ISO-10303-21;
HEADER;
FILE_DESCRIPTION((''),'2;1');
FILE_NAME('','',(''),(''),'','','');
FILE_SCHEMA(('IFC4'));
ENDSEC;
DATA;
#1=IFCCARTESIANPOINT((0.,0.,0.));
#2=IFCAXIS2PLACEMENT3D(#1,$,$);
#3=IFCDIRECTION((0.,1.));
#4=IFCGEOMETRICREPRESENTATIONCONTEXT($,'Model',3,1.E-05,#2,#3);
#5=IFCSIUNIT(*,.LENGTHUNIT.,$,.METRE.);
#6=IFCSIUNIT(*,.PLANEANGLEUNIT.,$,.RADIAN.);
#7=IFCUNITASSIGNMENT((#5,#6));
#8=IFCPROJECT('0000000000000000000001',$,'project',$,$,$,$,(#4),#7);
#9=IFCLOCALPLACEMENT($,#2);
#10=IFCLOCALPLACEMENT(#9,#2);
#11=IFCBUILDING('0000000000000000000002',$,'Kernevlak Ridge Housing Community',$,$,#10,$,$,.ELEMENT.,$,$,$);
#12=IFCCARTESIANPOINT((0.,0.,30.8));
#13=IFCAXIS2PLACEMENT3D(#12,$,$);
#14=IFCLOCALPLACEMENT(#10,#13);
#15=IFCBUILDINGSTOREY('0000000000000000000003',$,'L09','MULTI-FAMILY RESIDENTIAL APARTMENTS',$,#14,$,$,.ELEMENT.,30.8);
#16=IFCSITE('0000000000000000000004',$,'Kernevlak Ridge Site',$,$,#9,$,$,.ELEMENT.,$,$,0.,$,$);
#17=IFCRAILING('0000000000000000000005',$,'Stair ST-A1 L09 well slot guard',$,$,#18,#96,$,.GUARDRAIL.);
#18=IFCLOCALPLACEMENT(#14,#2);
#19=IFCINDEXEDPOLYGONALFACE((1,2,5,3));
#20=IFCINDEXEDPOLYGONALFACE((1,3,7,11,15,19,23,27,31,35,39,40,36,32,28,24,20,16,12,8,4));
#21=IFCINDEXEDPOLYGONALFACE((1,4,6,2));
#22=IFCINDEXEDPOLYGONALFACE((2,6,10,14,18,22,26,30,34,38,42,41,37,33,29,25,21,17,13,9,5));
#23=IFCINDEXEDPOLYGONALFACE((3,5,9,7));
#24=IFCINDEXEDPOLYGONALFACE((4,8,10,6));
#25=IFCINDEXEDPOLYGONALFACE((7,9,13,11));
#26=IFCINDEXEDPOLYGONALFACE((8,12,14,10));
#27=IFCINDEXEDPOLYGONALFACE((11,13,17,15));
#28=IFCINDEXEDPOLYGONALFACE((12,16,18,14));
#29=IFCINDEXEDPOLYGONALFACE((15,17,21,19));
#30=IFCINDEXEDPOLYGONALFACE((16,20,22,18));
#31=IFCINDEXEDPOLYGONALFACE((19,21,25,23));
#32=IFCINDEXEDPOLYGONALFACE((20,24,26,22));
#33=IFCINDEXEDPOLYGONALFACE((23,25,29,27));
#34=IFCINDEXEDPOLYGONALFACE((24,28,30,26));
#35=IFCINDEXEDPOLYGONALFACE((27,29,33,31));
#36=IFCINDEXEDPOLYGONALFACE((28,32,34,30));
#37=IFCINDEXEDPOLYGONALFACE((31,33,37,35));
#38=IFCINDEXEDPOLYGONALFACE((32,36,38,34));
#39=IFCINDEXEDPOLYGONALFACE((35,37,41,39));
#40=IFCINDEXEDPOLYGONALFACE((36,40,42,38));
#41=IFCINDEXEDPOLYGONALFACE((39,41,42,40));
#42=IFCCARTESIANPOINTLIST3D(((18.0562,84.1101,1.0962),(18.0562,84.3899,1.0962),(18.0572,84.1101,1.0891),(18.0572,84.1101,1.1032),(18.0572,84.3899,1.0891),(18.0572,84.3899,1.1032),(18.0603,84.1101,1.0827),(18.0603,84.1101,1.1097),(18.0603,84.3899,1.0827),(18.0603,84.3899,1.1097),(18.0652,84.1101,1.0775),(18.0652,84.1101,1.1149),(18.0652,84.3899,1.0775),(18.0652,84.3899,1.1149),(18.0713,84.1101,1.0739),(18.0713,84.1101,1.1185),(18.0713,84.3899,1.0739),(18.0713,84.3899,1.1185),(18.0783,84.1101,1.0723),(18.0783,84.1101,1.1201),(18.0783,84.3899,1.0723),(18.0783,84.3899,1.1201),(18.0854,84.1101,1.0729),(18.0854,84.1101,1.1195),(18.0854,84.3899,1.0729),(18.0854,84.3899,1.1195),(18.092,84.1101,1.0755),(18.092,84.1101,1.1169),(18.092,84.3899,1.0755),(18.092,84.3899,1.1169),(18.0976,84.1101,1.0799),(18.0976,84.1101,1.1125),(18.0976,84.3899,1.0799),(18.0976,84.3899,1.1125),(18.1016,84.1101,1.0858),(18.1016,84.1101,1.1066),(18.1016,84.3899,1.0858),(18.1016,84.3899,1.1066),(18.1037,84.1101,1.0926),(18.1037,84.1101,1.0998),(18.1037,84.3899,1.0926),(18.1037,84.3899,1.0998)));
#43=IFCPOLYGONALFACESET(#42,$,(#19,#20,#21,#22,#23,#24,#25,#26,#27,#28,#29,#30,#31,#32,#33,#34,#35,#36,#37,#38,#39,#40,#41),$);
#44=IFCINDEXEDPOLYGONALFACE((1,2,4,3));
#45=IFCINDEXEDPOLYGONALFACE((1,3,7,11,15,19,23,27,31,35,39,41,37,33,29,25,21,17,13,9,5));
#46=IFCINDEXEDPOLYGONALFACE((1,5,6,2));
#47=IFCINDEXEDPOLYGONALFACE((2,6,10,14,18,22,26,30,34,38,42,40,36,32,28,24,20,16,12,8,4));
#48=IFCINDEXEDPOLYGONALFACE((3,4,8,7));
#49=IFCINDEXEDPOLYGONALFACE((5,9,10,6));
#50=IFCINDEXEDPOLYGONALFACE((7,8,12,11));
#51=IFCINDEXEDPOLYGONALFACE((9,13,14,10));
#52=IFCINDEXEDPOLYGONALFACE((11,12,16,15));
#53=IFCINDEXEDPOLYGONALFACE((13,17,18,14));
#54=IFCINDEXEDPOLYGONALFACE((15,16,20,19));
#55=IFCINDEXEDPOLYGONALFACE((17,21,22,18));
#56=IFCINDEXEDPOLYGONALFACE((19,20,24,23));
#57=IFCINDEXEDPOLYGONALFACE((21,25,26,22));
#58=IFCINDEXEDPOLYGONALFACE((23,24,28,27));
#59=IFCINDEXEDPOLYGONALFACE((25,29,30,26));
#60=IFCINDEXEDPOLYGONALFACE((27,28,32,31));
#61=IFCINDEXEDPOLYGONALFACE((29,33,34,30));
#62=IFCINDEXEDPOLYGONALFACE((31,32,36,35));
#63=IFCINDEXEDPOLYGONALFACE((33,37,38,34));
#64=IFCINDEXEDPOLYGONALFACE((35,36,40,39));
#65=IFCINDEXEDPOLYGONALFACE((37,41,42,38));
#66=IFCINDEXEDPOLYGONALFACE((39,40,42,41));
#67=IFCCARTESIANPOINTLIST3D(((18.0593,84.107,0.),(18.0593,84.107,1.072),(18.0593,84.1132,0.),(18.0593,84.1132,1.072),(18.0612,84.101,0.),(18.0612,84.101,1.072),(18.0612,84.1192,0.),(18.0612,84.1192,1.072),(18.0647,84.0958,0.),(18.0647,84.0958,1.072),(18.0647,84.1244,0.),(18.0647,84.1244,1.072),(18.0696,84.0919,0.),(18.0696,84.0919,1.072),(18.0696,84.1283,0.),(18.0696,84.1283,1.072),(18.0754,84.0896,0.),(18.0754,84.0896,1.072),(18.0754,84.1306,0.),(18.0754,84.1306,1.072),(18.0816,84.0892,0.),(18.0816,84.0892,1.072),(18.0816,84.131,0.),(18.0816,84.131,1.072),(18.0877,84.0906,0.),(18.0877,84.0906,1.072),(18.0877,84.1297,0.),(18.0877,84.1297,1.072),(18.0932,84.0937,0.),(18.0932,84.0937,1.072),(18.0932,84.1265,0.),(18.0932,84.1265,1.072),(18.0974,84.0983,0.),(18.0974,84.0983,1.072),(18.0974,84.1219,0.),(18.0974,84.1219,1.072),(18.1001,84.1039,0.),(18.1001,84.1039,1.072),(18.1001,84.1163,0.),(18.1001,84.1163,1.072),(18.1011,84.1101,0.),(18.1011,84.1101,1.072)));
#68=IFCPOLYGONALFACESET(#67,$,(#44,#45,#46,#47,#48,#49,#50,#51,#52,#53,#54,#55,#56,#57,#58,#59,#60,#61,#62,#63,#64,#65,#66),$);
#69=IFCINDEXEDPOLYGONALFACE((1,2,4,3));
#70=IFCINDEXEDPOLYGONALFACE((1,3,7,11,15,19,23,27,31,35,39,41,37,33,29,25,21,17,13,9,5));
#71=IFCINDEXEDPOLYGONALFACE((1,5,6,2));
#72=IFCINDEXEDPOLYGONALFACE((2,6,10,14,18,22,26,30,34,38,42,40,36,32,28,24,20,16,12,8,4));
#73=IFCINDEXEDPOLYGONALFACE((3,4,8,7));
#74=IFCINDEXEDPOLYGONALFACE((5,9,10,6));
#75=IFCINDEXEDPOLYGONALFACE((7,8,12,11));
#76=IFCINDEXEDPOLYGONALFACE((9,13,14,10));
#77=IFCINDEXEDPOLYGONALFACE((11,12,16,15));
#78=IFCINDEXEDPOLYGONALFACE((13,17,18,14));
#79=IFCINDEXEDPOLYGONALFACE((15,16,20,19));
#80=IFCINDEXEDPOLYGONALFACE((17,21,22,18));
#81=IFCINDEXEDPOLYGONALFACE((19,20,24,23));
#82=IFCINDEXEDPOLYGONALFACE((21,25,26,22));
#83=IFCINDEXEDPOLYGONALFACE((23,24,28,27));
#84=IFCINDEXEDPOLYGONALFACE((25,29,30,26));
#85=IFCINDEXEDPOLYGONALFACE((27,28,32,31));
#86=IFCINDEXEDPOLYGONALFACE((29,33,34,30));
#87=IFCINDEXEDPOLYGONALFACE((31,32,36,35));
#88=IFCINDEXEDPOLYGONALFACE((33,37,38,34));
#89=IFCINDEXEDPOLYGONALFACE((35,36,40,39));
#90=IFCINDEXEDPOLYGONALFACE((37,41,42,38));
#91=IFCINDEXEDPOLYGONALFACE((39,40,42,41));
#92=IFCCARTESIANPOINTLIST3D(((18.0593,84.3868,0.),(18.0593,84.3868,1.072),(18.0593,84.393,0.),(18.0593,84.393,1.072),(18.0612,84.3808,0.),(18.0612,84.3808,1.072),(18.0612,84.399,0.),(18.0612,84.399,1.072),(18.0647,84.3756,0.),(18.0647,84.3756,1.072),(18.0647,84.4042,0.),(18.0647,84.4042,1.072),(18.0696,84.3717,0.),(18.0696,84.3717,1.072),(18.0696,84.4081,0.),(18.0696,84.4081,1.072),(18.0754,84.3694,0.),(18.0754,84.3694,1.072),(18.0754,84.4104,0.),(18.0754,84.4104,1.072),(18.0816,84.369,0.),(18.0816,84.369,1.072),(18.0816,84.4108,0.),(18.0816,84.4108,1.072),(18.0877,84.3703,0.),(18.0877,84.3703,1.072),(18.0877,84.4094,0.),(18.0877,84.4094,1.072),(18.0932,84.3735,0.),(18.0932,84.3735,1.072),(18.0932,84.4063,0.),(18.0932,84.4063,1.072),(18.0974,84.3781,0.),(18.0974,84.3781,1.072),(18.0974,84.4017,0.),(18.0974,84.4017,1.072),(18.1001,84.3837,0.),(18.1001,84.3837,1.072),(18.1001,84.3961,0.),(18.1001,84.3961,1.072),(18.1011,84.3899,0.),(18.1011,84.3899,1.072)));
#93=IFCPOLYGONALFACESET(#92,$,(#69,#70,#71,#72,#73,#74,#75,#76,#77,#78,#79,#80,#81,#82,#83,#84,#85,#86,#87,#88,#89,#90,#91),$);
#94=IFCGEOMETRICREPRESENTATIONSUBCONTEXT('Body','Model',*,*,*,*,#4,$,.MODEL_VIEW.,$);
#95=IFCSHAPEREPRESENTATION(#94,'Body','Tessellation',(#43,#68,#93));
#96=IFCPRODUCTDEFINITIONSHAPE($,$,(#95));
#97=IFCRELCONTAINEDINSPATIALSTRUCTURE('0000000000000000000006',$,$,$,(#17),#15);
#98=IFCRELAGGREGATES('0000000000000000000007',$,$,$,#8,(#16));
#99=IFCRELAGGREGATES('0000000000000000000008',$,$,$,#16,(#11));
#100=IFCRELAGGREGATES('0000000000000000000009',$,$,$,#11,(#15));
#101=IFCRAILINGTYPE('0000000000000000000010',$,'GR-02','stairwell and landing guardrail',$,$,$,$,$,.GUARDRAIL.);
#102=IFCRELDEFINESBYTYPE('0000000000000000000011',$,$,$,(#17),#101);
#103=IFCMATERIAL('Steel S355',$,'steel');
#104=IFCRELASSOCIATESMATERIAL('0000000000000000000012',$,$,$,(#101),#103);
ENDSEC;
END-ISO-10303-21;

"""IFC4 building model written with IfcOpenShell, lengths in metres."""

from ifc_helpers import new_model, si_unit, direction, frame, origin, origin_2d, place, context, subcontext, project, spatial, circle, extrude, material, type_object, element, save


model = new_model("IFC4")

# Units and contexts
model_context = context("Model", 3, precision=1e-05, world=origin(), true_north=direction((0.0, 1.0)))
body_context = subcontext(model_context, "Body", "Model", "MODEL_VIEW")
ifc_project = project(units=[si_unit("LENGTHUNIT", "METRE"), si_unit("PLANEANGLEUNIT", "RADIAN")], contexts=[model_context])

# Site, building, storey
site_placement = place(None, origin())
site = spatial("IfcSite", under=ifc_project, at=site_placement, Name="Kernevlak Ridge Site", CompositionType="ELEMENT", RefElevation=0.0)
building_placement = place(site_placement, origin())
building = spatial("IfcBuilding", under=site, at=building_placement, Name="Kernevlak Ridge Housing Community", CompositionType="ELEMENT")
storey_placement = place(building_placement, frame((0.0, 0.0, 30.8)))
storey = spatial("IfcBuildingStorey", under=building, at=storey_placement, Name="L09", Description="MULTI-FAMILY RESIDENTIAL APARTMENTS", CompositionType="ELEMENT", Elevation=30.8)

# Railing
ifc_material_1 = material(Name="Steel S355", Category="steel")
railing_type_1 = type_object("IfcRailingType", Name="GR-02", Description="stairwell and landing guardrail", PredefinedType="GUARDRAIL", material=ifc_material_1)
railing_1_placement = place(storey_placement, frame((18.0801, 84.1101, 0.0)))
element("IfcRailing", 1, at=railing_1_placement, inside=storey, type_object=railing_type_1, Name="Stair ST-A1 L09 well slot guard", PredefinedType="GUARDRAIL", context=body_context, shape_type="SweptSolid", body=[
    extrude(circle(Radius=0.0239, at=origin_2d()), frame((0.0, 0.0, 1.0962), z_axis=(0.0, 1.0, 0.0), x_axis=(-1.0, 0.0, 0.0)), (0.0, 0.0, 1.0), 0.2798),
    extrude(circle(Radius=0.021, at=origin_2d()), origin(), (0.0, 0.0, 1.0), 1.072),
    extrude(circle(Radius=0.021, at=origin_2d()), frame((0.0, 0.2798, 0.0)), (0.0, 0.0, 1.0), 1.072),
])

save(model, "model.ifc")
